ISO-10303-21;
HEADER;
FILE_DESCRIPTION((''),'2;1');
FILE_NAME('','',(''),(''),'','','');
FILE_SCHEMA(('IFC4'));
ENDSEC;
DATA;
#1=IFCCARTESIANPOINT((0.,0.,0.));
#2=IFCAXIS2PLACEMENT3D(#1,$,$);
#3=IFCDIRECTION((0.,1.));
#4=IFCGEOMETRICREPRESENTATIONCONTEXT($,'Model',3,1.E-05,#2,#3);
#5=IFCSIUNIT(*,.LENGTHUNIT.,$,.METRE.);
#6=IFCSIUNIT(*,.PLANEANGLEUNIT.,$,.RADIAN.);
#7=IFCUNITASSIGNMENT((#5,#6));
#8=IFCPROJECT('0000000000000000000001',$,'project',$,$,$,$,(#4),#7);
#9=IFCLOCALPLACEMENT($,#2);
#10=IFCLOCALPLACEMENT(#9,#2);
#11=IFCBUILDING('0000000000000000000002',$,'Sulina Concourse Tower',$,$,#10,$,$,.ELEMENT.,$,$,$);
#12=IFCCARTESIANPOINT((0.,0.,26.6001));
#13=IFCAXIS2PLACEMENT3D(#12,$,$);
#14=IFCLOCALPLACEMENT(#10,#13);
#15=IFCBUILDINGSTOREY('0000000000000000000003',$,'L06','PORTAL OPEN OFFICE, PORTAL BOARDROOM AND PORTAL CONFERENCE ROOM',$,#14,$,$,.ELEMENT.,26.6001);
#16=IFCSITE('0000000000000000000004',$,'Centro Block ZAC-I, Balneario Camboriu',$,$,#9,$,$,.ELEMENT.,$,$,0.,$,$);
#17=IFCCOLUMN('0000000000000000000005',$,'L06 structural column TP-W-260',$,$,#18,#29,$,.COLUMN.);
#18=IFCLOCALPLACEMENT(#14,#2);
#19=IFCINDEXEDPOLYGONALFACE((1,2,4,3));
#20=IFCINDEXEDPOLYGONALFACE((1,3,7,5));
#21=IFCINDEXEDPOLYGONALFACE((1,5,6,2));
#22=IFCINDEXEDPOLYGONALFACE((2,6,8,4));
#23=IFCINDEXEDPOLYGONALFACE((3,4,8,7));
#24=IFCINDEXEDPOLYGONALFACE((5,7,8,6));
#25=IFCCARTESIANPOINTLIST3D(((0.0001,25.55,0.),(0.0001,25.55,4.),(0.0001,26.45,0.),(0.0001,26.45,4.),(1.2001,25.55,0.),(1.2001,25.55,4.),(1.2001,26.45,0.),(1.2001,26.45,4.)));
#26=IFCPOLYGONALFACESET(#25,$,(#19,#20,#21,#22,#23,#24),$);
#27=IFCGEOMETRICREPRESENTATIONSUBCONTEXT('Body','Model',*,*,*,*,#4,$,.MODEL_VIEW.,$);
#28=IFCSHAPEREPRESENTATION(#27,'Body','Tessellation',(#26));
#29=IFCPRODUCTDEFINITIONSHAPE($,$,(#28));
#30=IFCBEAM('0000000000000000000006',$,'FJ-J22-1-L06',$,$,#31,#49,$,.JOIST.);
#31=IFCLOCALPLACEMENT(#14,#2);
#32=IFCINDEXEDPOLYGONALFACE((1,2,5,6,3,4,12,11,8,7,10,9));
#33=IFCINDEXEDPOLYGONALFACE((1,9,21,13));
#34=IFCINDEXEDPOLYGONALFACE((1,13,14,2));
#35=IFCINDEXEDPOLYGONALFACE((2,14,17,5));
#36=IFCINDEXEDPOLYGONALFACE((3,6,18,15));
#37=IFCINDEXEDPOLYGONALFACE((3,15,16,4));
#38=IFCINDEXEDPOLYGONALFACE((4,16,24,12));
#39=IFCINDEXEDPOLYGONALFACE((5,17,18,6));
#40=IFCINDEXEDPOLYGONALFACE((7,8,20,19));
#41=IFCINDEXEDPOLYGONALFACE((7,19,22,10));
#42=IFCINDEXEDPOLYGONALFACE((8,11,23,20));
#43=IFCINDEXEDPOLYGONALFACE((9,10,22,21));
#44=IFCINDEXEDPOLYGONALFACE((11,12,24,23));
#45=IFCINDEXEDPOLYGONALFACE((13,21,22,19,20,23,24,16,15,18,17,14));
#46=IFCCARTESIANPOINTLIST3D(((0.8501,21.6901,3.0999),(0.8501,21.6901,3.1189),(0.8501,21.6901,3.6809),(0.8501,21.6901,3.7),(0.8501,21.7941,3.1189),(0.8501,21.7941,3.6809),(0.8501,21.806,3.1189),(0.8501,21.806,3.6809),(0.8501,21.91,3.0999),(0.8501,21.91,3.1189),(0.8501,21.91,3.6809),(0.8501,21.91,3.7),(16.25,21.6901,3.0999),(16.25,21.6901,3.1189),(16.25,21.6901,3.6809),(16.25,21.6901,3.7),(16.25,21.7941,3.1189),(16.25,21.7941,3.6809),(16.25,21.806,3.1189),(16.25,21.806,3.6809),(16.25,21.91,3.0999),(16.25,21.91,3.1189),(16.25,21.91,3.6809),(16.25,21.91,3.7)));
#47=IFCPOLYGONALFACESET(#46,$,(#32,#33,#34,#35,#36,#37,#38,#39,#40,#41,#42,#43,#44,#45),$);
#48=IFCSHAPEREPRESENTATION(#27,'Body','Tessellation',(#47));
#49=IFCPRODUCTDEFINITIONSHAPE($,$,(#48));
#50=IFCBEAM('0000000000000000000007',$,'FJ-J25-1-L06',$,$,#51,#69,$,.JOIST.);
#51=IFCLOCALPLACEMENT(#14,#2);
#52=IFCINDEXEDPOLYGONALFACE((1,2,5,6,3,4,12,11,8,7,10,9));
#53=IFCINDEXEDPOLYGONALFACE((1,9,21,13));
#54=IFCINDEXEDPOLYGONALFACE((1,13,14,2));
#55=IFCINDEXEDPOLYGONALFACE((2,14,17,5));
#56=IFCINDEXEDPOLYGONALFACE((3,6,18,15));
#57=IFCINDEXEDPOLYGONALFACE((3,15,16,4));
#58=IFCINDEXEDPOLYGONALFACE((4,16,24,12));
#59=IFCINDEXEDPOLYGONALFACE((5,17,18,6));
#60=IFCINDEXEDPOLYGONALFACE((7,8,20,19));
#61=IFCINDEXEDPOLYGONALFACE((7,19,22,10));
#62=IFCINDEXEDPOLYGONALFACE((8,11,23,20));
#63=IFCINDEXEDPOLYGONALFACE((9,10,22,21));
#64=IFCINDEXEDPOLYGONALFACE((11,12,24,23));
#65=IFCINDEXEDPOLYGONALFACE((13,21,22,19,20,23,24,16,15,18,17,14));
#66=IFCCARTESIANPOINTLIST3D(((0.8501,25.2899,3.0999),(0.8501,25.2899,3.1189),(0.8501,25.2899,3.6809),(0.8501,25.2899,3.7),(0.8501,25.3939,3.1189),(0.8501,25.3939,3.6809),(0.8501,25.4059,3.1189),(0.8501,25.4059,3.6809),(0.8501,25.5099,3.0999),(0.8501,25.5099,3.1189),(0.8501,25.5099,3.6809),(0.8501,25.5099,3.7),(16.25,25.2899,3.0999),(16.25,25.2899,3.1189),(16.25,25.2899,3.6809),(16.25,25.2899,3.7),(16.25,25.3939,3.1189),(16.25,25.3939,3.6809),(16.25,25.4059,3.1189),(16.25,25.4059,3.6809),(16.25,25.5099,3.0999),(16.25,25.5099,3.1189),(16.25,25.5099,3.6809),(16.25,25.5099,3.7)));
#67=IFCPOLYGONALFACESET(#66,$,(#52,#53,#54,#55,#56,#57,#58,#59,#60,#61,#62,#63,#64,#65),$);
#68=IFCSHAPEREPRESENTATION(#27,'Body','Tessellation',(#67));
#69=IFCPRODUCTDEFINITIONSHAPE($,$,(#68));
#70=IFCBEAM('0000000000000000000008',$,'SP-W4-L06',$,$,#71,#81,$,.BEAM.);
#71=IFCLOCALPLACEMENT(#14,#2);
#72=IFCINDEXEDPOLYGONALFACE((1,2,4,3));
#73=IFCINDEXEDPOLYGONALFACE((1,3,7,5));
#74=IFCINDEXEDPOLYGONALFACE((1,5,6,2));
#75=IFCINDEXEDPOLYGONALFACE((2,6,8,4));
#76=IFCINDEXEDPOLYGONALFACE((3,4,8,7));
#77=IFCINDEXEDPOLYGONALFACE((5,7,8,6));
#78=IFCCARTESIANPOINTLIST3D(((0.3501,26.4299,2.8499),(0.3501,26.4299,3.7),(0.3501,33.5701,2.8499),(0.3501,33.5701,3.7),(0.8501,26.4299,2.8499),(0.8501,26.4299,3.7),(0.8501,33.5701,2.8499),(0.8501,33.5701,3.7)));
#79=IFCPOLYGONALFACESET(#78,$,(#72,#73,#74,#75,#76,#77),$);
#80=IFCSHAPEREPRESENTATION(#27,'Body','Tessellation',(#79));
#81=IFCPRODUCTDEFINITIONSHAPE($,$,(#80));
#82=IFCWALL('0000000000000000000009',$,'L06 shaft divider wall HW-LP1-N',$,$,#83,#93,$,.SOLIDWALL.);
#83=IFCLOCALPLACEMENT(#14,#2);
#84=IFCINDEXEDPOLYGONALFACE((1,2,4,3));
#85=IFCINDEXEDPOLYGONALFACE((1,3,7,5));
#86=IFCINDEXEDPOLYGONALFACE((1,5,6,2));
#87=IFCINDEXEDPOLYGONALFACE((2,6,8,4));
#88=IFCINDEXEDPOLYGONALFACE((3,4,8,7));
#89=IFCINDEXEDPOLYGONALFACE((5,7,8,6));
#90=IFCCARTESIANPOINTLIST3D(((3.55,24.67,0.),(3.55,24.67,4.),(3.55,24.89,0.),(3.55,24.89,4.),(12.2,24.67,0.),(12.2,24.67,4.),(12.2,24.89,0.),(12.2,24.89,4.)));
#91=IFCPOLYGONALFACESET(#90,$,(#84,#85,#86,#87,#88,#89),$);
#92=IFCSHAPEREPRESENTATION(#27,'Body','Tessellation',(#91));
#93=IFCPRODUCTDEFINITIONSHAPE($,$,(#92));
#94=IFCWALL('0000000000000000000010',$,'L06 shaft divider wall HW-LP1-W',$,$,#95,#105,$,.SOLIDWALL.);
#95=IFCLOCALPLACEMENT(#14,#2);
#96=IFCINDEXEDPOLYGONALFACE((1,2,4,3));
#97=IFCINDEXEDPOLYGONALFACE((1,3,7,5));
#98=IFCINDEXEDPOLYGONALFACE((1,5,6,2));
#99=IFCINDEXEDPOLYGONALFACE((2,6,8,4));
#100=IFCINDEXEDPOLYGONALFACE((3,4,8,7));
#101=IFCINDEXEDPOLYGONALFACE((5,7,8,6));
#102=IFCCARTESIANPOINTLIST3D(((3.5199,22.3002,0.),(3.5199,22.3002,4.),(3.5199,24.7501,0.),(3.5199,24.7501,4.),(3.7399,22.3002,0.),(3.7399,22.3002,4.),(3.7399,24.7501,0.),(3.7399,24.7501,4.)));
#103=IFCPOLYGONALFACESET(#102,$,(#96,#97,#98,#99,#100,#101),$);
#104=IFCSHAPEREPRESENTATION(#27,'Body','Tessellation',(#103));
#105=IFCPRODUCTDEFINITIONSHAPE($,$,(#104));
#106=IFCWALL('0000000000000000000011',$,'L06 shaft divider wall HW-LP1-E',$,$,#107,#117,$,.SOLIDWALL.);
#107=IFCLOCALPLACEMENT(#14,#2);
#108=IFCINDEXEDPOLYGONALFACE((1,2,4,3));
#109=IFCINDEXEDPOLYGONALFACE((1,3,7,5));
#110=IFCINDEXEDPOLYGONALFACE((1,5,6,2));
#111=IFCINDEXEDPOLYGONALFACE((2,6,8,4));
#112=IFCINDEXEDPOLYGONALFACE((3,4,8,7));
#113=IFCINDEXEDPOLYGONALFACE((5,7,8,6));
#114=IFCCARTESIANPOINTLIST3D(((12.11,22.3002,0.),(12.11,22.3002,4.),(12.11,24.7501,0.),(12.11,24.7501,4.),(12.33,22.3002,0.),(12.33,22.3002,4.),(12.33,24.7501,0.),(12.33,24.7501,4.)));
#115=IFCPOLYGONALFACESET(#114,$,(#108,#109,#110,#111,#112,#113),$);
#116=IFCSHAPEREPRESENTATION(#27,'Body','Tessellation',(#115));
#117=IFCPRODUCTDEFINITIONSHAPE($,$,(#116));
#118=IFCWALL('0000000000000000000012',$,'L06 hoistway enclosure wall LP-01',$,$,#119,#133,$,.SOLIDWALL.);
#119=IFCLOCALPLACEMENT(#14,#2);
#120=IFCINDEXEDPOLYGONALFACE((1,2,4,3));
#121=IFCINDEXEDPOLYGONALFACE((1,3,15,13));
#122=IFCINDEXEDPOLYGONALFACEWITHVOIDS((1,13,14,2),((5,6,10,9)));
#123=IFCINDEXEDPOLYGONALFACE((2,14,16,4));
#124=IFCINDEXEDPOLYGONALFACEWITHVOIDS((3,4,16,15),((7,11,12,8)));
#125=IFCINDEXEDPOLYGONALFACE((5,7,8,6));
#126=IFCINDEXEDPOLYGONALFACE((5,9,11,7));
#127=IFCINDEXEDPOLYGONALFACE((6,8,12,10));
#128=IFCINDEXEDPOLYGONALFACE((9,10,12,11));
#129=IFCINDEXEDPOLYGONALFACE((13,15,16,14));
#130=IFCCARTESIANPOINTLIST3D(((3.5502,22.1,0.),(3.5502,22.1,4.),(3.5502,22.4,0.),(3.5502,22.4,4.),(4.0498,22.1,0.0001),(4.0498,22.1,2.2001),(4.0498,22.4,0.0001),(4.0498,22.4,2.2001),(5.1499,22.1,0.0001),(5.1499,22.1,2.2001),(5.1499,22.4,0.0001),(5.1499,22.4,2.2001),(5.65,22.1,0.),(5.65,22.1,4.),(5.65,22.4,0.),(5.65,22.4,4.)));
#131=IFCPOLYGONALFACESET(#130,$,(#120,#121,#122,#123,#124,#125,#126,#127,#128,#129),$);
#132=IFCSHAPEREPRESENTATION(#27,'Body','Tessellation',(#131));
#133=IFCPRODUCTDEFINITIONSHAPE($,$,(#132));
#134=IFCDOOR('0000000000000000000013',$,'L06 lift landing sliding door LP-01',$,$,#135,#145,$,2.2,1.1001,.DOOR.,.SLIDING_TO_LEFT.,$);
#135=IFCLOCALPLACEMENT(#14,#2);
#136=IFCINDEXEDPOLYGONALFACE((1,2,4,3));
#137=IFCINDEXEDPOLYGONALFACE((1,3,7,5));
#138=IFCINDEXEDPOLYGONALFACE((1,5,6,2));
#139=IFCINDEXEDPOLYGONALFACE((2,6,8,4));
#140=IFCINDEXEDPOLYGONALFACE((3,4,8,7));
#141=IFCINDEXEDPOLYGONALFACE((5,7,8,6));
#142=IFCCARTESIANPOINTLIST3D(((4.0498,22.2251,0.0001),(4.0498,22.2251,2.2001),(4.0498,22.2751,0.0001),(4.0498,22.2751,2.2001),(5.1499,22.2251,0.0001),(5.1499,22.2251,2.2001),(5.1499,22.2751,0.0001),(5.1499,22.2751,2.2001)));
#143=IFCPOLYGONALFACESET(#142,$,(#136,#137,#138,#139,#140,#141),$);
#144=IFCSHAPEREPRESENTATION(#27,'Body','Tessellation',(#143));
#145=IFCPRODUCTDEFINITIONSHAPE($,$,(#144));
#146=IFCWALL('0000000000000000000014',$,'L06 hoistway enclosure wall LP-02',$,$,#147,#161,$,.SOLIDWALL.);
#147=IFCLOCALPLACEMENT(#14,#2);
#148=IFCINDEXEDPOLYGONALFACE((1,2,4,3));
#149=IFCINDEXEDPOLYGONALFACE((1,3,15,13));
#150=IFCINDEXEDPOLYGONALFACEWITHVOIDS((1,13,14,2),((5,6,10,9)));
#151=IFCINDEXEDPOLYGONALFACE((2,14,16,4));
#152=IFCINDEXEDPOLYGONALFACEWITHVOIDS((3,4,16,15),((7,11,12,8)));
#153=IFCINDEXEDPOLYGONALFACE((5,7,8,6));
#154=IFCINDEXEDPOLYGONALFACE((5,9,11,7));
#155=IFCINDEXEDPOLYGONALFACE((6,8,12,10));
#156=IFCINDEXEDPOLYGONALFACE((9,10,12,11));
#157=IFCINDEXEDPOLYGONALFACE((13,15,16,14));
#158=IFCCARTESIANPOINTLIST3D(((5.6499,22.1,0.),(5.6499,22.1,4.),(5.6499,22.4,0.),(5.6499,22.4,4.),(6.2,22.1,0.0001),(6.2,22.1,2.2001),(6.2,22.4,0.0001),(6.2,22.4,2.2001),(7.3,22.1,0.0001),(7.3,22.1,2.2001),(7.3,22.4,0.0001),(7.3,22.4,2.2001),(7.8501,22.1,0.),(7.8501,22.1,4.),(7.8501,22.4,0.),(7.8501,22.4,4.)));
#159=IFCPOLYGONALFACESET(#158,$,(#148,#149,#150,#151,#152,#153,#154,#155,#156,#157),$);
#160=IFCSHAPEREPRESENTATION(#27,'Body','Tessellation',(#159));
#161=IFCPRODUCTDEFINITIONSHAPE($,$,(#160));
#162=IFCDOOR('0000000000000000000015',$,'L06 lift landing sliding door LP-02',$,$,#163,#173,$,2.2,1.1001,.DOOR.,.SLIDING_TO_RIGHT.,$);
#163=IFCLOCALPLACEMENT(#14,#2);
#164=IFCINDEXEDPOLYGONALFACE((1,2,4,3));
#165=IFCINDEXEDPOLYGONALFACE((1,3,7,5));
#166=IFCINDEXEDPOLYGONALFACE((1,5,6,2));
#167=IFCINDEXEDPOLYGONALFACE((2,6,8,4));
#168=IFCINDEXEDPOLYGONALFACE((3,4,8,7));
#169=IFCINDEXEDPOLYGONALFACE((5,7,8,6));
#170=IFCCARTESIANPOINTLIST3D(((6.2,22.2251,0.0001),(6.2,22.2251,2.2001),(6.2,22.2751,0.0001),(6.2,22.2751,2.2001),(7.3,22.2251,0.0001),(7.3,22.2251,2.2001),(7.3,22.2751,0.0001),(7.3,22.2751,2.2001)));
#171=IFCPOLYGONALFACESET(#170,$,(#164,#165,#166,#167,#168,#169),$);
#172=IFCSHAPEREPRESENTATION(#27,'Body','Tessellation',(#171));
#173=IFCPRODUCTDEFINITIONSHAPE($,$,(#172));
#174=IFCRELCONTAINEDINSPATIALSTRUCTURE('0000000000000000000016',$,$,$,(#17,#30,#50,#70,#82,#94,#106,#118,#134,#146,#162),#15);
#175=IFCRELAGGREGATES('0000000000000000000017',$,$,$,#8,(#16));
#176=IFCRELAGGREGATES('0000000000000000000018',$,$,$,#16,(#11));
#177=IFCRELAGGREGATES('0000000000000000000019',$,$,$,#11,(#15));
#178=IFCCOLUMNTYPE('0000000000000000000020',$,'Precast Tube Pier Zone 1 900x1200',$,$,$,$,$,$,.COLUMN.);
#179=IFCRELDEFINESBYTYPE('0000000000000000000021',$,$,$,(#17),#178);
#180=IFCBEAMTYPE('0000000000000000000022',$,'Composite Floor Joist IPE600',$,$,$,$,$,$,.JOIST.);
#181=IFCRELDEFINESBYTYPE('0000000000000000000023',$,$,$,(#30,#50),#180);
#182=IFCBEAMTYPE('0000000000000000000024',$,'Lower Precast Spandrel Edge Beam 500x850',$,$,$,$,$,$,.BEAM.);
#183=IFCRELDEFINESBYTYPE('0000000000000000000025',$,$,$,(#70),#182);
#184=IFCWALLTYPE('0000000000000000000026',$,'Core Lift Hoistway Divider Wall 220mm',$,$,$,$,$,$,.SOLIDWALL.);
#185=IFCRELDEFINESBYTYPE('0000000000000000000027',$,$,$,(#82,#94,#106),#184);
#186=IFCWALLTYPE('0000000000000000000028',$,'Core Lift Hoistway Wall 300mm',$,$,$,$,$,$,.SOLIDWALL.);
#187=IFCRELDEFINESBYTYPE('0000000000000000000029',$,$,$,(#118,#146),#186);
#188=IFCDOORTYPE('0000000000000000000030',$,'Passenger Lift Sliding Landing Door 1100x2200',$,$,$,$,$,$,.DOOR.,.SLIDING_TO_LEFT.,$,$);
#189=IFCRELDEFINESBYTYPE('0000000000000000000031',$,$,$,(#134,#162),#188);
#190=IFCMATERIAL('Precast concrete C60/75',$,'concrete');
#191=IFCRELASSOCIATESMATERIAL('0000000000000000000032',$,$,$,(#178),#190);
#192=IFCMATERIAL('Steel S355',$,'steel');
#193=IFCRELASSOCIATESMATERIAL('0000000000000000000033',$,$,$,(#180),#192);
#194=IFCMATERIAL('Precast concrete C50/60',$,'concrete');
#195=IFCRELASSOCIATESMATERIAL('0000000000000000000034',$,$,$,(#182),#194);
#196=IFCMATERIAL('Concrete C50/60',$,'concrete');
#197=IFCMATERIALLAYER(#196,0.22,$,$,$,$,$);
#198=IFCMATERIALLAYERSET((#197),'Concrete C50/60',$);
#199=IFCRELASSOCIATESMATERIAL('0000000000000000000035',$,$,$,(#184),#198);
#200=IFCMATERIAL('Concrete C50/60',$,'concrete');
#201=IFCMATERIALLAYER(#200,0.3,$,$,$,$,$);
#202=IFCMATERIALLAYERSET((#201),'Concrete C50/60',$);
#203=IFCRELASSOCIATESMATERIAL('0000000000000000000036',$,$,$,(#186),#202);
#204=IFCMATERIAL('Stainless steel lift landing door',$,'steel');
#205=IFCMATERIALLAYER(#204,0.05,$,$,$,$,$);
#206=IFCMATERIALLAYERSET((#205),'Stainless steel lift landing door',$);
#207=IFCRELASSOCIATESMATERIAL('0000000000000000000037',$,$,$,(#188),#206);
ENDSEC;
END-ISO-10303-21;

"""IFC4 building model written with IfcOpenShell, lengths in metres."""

from ifc_helpers import new_model, si_unit, direction, frame, frame_2d, origin, origin_2d, place, context, subcontext, project, spatial, rectangle, i_section, extrude, material, layer, layer_set, material_profile, profile_set, type_object, element, fill, save


model = new_model("IFC4")

# Units and contexts
model_context = context("Model", 3, precision=1e-05, world=origin(), true_north=direction((0.0, 1.0)))
body_context = subcontext(model_context, "Body", "Model", "MODEL_VIEW")
ifc_project = project(units=[si_unit("LENGTHUNIT", "METRE"), si_unit("PLANEANGLEUNIT", "RADIAN")], contexts=[model_context])

# Site, building, storey
site_placement = place(None, origin())
site = spatial("IfcSite", under=ifc_project, at=site_placement, Name="Centro Block ZAC-I, Balneario Camboriu", CompositionType="ELEMENT", RefElevation=0.0)
building_placement = place(site_placement, origin())
building = spatial("IfcBuilding", under=site, at=building_placement, Name="Sulina Concourse Tower", CompositionType="ELEMENT")
storey_placement = place(building_placement, frame((0.0, 0.0, 26.6001)))
storey = spatial("IfcBuildingStorey", under=building, at=storey_placement, Name="L06", Description="PORTAL OPEN OFFICE, PORTAL BOARDROOM AND PORTAL CONFERENCE ROOM", CompositionType="ELEMENT", Elevation=26.6001)

# Column
ifc_material_1 = material(Name="Precast concrete C60/75", Category="concrete")
ifc_material_profile_1 = material_profile(ifc_material_1, rectangle(XDim=0.8999, YDim=1.2, at=origin_2d()), Name="PC 900x1200")
ifc_profile_set_1 = profile_set([ifc_material_profile_1], Name="Precast concrete C60/75")
column_type = type_object("IfcColumnType", Name="Precast Tube Pier Zone 1 900x1200", PredefinedType="COLUMN", material=ifc_profile_set_1)
column_placement = place(storey_placement, frame((0.6001, 26.0, 0.0), z_axis=(0.0, 0.0, 1.0), x_axis=(0.0, 1.0, 0.0)))
element("IfcColumn", 1, at=column_placement, inside=storey, type_object=column_type, Name="L06 structural column TP-W-260", PredefinedType="COLUMN", context=body_context, shape_type="SweptSolid", body=[
    extrude(rectangle(XDim=0.8999, YDim=1.2, at=origin_2d()), origin(), (0.0, 0.0, 1.0), 4.0),
])

# Beams
ifc_material_2 = material(Name="Steel S355", Category="steel")
ifc_material_profile_2 = material_profile(ifc_material_2, i_section(OverallWidth=0.22, OverallDepth=0.6001, WebThickness=0.012, FlangeThickness=0.019, at=origin_2d()), Name="IPE 600")
ifc_profile_set_2 = profile_set([ifc_material_profile_2], Name="Steel S355")
beam_type_1 = type_object("IfcBeamType", Name="Composite Floor Joist IPE600", PredefinedType="JOIST", material=ifc_profile_set_2)
for number, where, z_axis, x_axis, name in (
    (2, (0.8501, 21.8, 3.3999), (1.0, 0.0, 0.0), (0.0, 1.0, 0.0), "FJ-J22-1-L06"),
    (3, (0.8501, 25.3999, 3.3999), (1.0, 0.0, 0.0), (0.0, 1.0, 0.0), "FJ-J25-1-L06"),
):
    element("IfcBeam", number, at=place(storey_placement, frame(where, z_axis=z_axis, x_axis=x_axis)), inside=storey, type_object=beam_type_1, Name=name, PredefinedType="JOIST", context=body_context, shape_type="SweptSolid", body=[
        extrude(i_section(OverallWidth=0.22, OverallDepth=0.6001, WebThickness=0.012, FlangeThickness=0.019, at=origin_2d()), origin(), (0.0, 0.0, 1.0), 15.3999),
    ])
ifc_material_3 = material(Name="Precast concrete C50/60", Category="concrete")
ifc_material_profile_3 = material_profile(ifc_material_3, rectangle(XDim=0.5, YDim=0.8501, at=origin_2d()), Name="RC 500x850")
ifc_profile_set_3 = profile_set([ifc_material_profile_3], Name="Precast concrete C50/60")
beam_type_2 = type_object("IfcBeamType", Name="Lower Precast Spandrel Edge Beam 500x850", PredefinedType="BEAM", material=ifc_profile_set_3)
beam_placement = place(storey_placement, frame((0.6001, 26.4299, 3.2749), z_axis=(0.0, 1.0, 0.0), x_axis=(-1.0, 0.0, 0.0)))
element("IfcBeam", 4, at=beam_placement, inside=storey, type_object=beam_type_2, Name="SP-W4-L06", PredefinedType="BEAM", context=body_context, shape_type="SweptSolid", body=[
    extrude(rectangle(XDim=0.5, YDim=0.8501, at=origin_2d()), origin(), (0.0, 0.0, 1.0), 7.1401),
])

# Walls
ifc_material_4 = material(Name="Concrete C50/60", Category="concrete")
ifc_layer_1 = layer(ifc_material_4, 0.22)
ifc_layer_set_1 = layer_set([ifc_layer_1], Name="Concrete C50/60")
wall_type_1 = type_object("IfcWallType", Name="Core Lift Hoistway Divider Wall 220mm", PredefinedType="SOLIDWALL", material=ifc_layer_set_1)
wall_1_placement = place(storey_placement, frame((3.55, 24.78, 0.0), z_axis=(0.0, 0.0, 1.0), x_axis=(1.0, 0.0, 0.0)))
element("IfcWall", 5, at=wall_1_placement, inside=storey, type_object=wall_type_1, Name="L06 shaft divider wall HW-LP1-N", PredefinedType="SOLIDWALL", context=body_context, shape_type="SweptSolid", body=[
    extrude(rectangle(XDim=8.6499, YDim=0.22, at=frame_2d((4.325, 0.0))), origin(), (0.0, 0.0, 1.0), 4.0),
])
for number, where, z_axis, x_axis, name in (
    (6, (3.6299, 22.3, 0.0), (0.0, 0.0, 1.0), (0.0, 1.0, 0.0), "L06 shaft divider wall HW-LP1-W"),
    (7, (12.22, 22.3, 0.0), (0.0, 0.0, 1.0), (0.0, 1.0, 0.0), "L06 shaft divider wall HW-LP1-E"),
):
    element("IfcWall", number, at=place(storey_placement, frame(where, z_axis=z_axis, x_axis=x_axis)), inside=storey, type_object=wall_type_1, Name=name, PredefinedType="SOLIDWALL", context=body_context, shape_type="SweptSolid", body=[
        extrude(rectangle(XDim=2.45, YDim=0.22, at=frame_2d((1.2251, 0.0))), origin(), (0.0, 0.0, 1.0), 4.0),
    ])

# Walls, openings, doors
ifc_material_5 = material(Name="Concrete C50/60", Category="concrete")
ifc_layer_2 = layer(ifc_material_5, 0.3)
ifc_layer_set_2 = layer_set([ifc_layer_2], Name="Concrete C50/60")
wall_type_2 = type_object("IfcWallType", Name="Core Lift Hoistway Wall 300mm", PredefinedType="SOLIDWALL", material=ifc_layer_set_2)
wall_2_placement = place(storey_placement, frame((5.6499, 22.25, 0.0), z_axis=(0.0, 0.0, 1.0), x_axis=(-1.0, 0.0, 0.0)))
wall_2 = element("IfcWall", 8, at=wall_2_placement, inside=storey, type_object=wall_type_2, Name="L06 hoistway enclosure wall LP-01", PredefinedType="SOLIDWALL", context=body_context, shape_type="SweptSolid", body=[
    extrude(rectangle(XDim=2.0999, YDim=0.3, at=frame_2d((1.0498, 0.0))), origin(), (0.0, 0.0, 1.0), 4.0),
])
opening_1_placement = place(wall_2_placement, frame((0.5, 0.0, 0.0)))
opening_1 = element("IfcOpeningElement", 9, at=opening_1_placement, cuts=wall_2, PredefinedType="OPENING", context=body_context, shape_type="SweptSolid", body=[
    extrude(rectangle(XDim=1.1001, YDim=2.2, at=frame_2d((0.55, 1.1001))), frame((0.0, 0.1599, 0.0), z_axis=(0.0, -1.0, 0.0), x_axis=(1.0, 0.0, 0.0)), (0.0, 0.0, 1.0), 0.3201),
])
ifc_material_6 = material(Name="Stainless steel lift landing door", Category="steel")
ifc_layer_3 = layer(ifc_material_6, 0.05)
ifc_layer_set_3 = layer_set([ifc_layer_3], Name="Stainless steel lift landing door")
door_type = type_object("IfcDoorType", Name="Passenger Lift Sliding Landing Door 1100x2200", OperationType="SLIDING_TO_LEFT", PredefinedType="DOOR", material=ifc_layer_set_3)
door_1_placement = place(opening_1_placement, origin())
door_1 = element("IfcDoor", 10, at=door_1_placement, inside=storey, type_object=door_type, Name="L06 lift landing sliding door LP-01", OperationType="SLIDING_TO_LEFT", OverallHeight=2.2, OverallWidth=1.1001, PredefinedType="DOOR", context=body_context, shape_type="SweptSolid", body=[
    extrude(rectangle(XDim=1.1001, YDim=2.2, at=frame_2d((0.55, 1.1001))), frame((0.0, 0.0249, 0.0), z_axis=(0.0, -1.0, 0.0), x_axis=(1.0, 0.0, 0.0)), (0.0, 0.0, 1.0), 0.05),
])
fill(opening_1, door_1)
wall_3_placement = place(storey_placement, frame((7.8501, 22.25, 0.0), z_axis=(0.0, 0.0, 1.0), x_axis=(-1.0, 0.0, 0.0)))
wall_3 = element("IfcWall", 11, at=wall_3_placement, inside=storey, type_object=wall_type_2, Name="L06 hoistway enclosure wall LP-02", PredefinedType="SOLIDWALL", context=body_context, shape_type="SweptSolid", body=[
    extrude(rectangle(XDim=2.2002, YDim=0.3, at=frame_2d((1.1001, 0.0))), origin(), (0.0, 0.0, 1.0), 4.0),
])
opening_2_placement = place(wall_3_placement, frame((0.55, 0.0, 0.0)))
opening_2 = element("IfcOpeningElement", 12, at=opening_2_placement, cuts=wall_3, PredefinedType="OPENING", context=body_context, shape_type="SweptSolid", body=[
    extrude(rectangle(XDim=1.1001, YDim=2.2, at=frame_2d((0.55, 1.1001))), frame((0.0, 0.1599, 0.0), z_axis=(0.0, -1.0, 0.0), x_axis=(1.0, 0.0, 0.0)), (0.0, 0.0, 1.0), 0.3201),
])
door_2_placement = place(opening_2_placement, origin())
door_2 = element("IfcDoor", 13, at=door_2_placement, inside=storey, type_object=door_type, Name="L06 lift landing sliding door LP-02", OperationType="SLIDING_TO_RIGHT", OverallHeight=2.2, OverallWidth=1.1001, PredefinedType="DOOR", context=body_context, shape_type="SweptSolid", body=[
    extrude(rectangle(XDim=1.1001, YDim=2.2, at=frame_2d((0.55, 1.1001))), frame((0.0, 0.0249, 0.0), z_axis=(0.0, -1.0, 0.0), x_axis=(1.0, 0.0, 0.0)), (0.0, 0.0, 1.0), 0.05),
])
fill(opening_2, door_2)

save(model, "model.ifc")
